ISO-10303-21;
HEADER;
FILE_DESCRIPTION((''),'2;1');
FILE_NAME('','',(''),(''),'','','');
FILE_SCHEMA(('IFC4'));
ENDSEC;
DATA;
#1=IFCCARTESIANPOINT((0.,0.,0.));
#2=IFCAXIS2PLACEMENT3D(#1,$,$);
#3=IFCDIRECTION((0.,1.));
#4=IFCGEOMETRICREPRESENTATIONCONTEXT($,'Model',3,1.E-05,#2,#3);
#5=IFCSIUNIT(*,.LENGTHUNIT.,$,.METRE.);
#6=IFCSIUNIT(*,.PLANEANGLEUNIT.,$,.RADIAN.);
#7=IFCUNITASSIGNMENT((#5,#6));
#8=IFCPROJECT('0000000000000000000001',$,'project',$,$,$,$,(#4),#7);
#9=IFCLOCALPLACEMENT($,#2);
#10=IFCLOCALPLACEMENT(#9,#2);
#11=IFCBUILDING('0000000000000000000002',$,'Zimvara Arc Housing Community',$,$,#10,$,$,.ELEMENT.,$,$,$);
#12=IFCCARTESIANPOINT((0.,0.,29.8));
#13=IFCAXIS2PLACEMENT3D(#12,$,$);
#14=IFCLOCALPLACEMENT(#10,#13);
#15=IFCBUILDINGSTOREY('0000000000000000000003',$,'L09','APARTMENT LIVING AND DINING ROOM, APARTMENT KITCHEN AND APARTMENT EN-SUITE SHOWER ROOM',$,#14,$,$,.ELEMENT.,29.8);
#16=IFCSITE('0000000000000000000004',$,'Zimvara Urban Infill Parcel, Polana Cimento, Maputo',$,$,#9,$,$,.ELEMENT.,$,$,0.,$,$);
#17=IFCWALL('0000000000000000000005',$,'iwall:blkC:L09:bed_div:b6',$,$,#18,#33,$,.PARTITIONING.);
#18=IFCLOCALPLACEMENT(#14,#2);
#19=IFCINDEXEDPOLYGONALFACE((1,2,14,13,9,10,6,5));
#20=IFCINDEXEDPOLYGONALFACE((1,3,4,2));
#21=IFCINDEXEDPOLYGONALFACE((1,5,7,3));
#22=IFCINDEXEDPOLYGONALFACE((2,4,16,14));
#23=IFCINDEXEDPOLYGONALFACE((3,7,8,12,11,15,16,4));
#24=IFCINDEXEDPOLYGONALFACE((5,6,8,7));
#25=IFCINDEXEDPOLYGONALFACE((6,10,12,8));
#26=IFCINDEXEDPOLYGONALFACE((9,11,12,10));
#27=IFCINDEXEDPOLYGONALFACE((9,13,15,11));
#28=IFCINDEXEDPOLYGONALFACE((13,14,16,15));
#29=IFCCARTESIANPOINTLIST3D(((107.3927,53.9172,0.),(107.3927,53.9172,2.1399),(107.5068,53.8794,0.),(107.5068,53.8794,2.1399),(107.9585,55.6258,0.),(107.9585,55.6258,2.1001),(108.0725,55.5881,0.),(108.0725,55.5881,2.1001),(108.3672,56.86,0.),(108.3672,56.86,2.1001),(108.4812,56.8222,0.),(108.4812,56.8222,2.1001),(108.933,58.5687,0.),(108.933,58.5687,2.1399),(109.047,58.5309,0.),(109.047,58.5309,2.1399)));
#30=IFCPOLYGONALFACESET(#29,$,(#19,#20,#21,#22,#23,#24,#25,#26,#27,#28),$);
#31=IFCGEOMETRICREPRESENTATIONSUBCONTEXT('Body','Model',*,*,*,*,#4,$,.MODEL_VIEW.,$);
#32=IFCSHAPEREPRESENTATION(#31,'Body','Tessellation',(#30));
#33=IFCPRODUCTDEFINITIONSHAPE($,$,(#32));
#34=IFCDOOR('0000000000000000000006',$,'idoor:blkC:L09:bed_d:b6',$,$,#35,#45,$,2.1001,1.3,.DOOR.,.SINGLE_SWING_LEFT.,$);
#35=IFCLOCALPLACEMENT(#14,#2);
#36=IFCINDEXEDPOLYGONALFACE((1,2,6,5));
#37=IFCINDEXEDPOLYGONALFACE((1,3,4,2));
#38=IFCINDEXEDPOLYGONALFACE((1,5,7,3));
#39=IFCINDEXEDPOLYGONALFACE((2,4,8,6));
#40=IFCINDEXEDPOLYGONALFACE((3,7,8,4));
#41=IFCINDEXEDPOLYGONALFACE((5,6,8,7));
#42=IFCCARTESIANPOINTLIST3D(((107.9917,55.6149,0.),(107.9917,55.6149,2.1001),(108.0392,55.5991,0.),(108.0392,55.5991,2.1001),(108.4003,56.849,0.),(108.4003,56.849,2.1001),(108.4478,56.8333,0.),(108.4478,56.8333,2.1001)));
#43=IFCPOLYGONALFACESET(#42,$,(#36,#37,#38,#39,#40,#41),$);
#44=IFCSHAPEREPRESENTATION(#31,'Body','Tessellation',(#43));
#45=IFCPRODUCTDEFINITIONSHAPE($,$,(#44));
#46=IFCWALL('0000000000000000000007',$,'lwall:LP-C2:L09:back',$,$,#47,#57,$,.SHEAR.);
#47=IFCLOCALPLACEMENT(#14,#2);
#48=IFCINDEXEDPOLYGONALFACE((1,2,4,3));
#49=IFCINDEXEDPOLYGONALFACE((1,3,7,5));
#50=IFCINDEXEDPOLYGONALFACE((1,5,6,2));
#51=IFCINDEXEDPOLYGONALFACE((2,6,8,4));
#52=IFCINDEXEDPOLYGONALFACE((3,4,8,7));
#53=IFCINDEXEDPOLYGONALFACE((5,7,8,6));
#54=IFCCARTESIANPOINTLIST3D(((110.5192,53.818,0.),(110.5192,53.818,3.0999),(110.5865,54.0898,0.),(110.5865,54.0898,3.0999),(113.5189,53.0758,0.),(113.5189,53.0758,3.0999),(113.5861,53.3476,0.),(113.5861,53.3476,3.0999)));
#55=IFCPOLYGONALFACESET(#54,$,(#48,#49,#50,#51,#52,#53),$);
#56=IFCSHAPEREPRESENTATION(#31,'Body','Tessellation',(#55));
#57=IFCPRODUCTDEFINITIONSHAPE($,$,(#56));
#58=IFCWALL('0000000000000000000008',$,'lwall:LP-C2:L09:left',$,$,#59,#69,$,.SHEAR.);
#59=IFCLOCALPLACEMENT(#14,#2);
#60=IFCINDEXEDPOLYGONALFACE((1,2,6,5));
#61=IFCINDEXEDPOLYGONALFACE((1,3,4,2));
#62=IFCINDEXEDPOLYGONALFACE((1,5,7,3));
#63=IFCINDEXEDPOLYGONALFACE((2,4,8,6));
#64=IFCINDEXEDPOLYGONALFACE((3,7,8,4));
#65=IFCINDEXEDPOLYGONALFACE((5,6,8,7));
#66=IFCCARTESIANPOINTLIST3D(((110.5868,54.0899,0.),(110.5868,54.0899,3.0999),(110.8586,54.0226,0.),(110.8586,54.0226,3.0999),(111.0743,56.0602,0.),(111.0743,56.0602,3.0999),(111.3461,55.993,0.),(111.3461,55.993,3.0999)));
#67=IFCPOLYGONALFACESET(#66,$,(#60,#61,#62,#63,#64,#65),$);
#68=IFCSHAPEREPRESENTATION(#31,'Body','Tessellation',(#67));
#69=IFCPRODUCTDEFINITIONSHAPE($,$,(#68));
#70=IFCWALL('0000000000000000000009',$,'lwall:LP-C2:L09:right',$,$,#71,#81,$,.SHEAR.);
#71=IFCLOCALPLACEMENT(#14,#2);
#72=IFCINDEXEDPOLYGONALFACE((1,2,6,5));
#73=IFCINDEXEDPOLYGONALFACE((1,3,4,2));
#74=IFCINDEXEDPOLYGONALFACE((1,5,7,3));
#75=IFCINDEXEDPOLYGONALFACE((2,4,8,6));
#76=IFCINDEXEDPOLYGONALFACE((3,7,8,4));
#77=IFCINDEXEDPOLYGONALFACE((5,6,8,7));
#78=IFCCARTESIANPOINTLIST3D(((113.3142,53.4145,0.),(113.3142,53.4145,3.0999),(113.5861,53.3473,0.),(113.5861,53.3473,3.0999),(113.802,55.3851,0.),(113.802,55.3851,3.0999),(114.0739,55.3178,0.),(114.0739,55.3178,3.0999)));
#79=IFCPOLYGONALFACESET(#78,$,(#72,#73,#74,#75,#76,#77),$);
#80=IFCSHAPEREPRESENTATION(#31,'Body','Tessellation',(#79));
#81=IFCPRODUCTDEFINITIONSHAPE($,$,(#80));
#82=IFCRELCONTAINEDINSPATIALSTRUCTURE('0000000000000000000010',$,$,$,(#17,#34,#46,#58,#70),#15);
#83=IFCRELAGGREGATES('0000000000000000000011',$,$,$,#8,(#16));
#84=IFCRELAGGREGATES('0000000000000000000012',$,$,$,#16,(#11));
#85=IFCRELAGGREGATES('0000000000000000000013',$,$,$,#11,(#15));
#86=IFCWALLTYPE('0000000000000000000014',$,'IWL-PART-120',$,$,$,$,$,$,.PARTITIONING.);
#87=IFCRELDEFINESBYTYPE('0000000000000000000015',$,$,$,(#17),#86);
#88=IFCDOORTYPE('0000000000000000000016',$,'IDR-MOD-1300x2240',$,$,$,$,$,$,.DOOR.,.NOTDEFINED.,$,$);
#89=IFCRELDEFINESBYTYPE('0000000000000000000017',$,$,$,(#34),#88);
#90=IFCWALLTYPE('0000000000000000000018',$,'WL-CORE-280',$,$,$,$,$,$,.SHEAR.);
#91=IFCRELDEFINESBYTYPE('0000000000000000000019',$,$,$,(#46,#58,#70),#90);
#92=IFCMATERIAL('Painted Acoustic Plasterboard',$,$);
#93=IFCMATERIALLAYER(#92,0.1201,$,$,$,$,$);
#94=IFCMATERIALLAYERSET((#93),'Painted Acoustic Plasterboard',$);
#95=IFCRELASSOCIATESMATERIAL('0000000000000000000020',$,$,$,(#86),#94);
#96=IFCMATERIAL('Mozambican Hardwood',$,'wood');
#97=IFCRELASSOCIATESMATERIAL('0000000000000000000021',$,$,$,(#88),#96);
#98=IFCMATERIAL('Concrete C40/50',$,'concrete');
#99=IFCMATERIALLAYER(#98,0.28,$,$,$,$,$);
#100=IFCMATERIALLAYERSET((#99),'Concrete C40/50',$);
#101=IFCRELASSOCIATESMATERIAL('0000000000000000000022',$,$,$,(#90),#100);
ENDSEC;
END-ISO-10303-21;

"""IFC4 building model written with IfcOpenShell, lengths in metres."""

from ifc_helpers import new_model, si_unit, direction, frame, frame_2d, origin, place, context, subcontext, project, spatial, rectangle, extrude, material, layer, layer_set, type_object, element, fill, save


model = new_model("IFC4")

# Units and contexts
model_context = context("Model", 3, precision=1e-05, world=origin(), true_north=direction((0.0, 1.0)))
body_context = subcontext(model_context, "Body", "Model", "MODEL_VIEW")
ifc_project = project(units=[si_unit("LENGTHUNIT", "METRE"), si_unit("PLANEANGLEUNIT", "RADIAN")], contexts=[model_context])

# Site, building, storey
site_placement = place(None, origin())
site = spatial("IfcSite", under=ifc_project, at=site_placement, Name="Zimvara Urban Infill Parcel, Polana Cimento, Maputo", CompositionType="ELEMENT", RefElevation=0.0)
building_placement = place(site_placement, origin())
building = spatial("IfcBuilding", under=site, at=building_placement, Name="Zimvara Arc Housing Community", CompositionType="ELEMENT")
storey_placement = place(building_placement, frame((0.0, 0.0, 29.8)))
storey = spatial("IfcBuildingStorey", under=building, at=storey_placement, Name="L09", Description="APARTMENT LIVING AND DINING ROOM, APARTMENT KITCHEN AND APARTMENT EN-SUITE SHOWER ROOM", CompositionType="ELEMENT", Elevation=29.8)

# Wall, opening, door
ifc_material_1 = material(Name="Painted Acoustic Plasterboard")
ifc_layer_1 = layer(ifc_material_1, 0.1201)
ifc_layer_set_1 = layer_set([ifc_layer_1], Name="Painted Acoustic Plasterboard")
wall_type_1 = type_object("IfcWallType", Name="IWL-PART-120", PredefinedType="PARTITIONING", material=ifc_layer_set_1)
wall_1_placement = place(storey_placement, frame((108.99, 58.5498, 0.0), z_axis=(0.0, 0.0, 1.0), x_axis=(-0.314344, -0.949309, 0.0)))
wall_1 = element("IfcWall", 1, at=wall_1_placement, inside=storey, type_object=wall_type_1, Name="iwall:blkC:L09:bed_div:b6", PredefinedType="PARTITIONING", context=body_context, shape_type="SweptSolid", body=[
    extrude(rectangle(XDim=4.8999, YDim=0.1201, at=frame_2d((2.45, 0.0))), origin(), (0.0, 0.0, 1.0), 2.1399),
])
opening_1_placement = place(wall_1_placement, frame((1.8, 0.0, 0.0)))
opening_1 = element("IfcOpeningElement", 2, at=opening_1_placement, cuts=wall_1, PredefinedType="OPENING", context=body_context, shape_type="SweptSolid", body=[
    extrude(rectangle(XDim=1.3, YDim=2.1001, at=frame_2d((0.6499, 1.05))), frame((0.0, 0.0701, 0.0), z_axis=(0.0, -1.0, 0.0), x_axis=(1.0, 0.0, 0.0)), (0.0, 0.0, 1.0), 0.1401),
])
ifc_material_2 = material(Name="Mozambican Hardwood", Category="wood")
door_type_1 = type_object("IfcDoorType", Name="IDR-MOD-1300x2240", OperationType="NOTDEFINED", PredefinedType="DOOR", material=ifc_material_2)
door_1_placement = place(opening_1_placement, origin())
door_1 = element("IfcDoor", 3, at=door_1_placement, inside=storey, type_object=door_type_1, Name="idoor:blkC:L09:bed_d:b6", OperationType="SINGLE_SWING_LEFT", OverallHeight=2.1001, OverallWidth=1.3, PredefinedType="DOOR", context=body_context, shape_type="SweptSolid", body=[
    extrude(rectangle(XDim=1.3, YDim=2.1001, at=frame_2d((0.6499, 1.05))), frame((0.0, 0.0249, 0.0), z_axis=(0.0, -1.0, 0.0), x_axis=(1.0, 0.0, 0.0)), (0.0, 0.0, 1.0), 0.05),
])
fill(opening_1, door_1)
ifc_material_3 = material(Name="Concrete C40/50", Category="concrete")
ifc_layer_2 = layer(ifc_material_3, 0.28)
ifc_layer_set_2 = layer_set([ifc_layer_2], Name="Concrete C40/50")
wall_type_2 = type_object("IfcWallType", Name="WL-CORE-280", PredefinedType="SHEAR", material=ifc_layer_set_2)

# Walls
wall_2_placement = place(storey_placement, frame((110.553, 53.9539, 0.0), z_axis=(0.0, 0.0, 1.0), x_axis=(0.970725, -0.240192, 0.0)))
element("IfcWall", 4, at=wall_2_placement, inside=storey, type_object=wall_type_2, Name="lwall:LP-C2:L09:back", PredefinedType="SHEAR", context=body_context, shape_type="SweptSolid", body=[
    extrude(rectangle(XDim=3.0901, YDim=0.28, at=frame_2d((1.5449, 0.0))), origin(), (0.0, 0.0, 1.0), 3.0999),
])
wall_3_placement = place(storey_placement, frame((111.2102, 56.0266, 0.0), z_axis=(0.0, 0.0, 1.0), x_axis=(-0.240186, -0.970727, 0.0)))
element("IfcWall", 5, at=wall_3_placement, inside=storey, type_object=wall_type_2, Name="lwall:LP-C2:L09:left", PredefinedType="SHEAR", context=body_context, shape_type="SweptSolid", body=[
    extrude(rectangle(XDim=2.0298, YDim=0.28, at=frame_2d((1.0149, 0.0))), origin(), (0.0, 0.0, 1.0), 3.0999),
])
wall_4_placement = place(storey_placement, frame((113.938, 55.3516, 0.0), z_axis=(0.0, 0.0, 1.0), x_axis=(-0.240299, -0.970699, 0.0)))
element("IfcWall", 6, at=wall_4_placement, inside=storey, type_object=wall_type_2, Name="lwall:LP-C2:L09:right", PredefinedType="SHEAR", context=body_context, shape_type="SweptSolid", body=[
    extrude(rectangle(XDim=2.03, YDim=0.28, at=frame_2d((1.0151, 0.0))), origin(), (0.0, 0.0, 1.0), 3.0999),
])

save(model, "model.ifc")
